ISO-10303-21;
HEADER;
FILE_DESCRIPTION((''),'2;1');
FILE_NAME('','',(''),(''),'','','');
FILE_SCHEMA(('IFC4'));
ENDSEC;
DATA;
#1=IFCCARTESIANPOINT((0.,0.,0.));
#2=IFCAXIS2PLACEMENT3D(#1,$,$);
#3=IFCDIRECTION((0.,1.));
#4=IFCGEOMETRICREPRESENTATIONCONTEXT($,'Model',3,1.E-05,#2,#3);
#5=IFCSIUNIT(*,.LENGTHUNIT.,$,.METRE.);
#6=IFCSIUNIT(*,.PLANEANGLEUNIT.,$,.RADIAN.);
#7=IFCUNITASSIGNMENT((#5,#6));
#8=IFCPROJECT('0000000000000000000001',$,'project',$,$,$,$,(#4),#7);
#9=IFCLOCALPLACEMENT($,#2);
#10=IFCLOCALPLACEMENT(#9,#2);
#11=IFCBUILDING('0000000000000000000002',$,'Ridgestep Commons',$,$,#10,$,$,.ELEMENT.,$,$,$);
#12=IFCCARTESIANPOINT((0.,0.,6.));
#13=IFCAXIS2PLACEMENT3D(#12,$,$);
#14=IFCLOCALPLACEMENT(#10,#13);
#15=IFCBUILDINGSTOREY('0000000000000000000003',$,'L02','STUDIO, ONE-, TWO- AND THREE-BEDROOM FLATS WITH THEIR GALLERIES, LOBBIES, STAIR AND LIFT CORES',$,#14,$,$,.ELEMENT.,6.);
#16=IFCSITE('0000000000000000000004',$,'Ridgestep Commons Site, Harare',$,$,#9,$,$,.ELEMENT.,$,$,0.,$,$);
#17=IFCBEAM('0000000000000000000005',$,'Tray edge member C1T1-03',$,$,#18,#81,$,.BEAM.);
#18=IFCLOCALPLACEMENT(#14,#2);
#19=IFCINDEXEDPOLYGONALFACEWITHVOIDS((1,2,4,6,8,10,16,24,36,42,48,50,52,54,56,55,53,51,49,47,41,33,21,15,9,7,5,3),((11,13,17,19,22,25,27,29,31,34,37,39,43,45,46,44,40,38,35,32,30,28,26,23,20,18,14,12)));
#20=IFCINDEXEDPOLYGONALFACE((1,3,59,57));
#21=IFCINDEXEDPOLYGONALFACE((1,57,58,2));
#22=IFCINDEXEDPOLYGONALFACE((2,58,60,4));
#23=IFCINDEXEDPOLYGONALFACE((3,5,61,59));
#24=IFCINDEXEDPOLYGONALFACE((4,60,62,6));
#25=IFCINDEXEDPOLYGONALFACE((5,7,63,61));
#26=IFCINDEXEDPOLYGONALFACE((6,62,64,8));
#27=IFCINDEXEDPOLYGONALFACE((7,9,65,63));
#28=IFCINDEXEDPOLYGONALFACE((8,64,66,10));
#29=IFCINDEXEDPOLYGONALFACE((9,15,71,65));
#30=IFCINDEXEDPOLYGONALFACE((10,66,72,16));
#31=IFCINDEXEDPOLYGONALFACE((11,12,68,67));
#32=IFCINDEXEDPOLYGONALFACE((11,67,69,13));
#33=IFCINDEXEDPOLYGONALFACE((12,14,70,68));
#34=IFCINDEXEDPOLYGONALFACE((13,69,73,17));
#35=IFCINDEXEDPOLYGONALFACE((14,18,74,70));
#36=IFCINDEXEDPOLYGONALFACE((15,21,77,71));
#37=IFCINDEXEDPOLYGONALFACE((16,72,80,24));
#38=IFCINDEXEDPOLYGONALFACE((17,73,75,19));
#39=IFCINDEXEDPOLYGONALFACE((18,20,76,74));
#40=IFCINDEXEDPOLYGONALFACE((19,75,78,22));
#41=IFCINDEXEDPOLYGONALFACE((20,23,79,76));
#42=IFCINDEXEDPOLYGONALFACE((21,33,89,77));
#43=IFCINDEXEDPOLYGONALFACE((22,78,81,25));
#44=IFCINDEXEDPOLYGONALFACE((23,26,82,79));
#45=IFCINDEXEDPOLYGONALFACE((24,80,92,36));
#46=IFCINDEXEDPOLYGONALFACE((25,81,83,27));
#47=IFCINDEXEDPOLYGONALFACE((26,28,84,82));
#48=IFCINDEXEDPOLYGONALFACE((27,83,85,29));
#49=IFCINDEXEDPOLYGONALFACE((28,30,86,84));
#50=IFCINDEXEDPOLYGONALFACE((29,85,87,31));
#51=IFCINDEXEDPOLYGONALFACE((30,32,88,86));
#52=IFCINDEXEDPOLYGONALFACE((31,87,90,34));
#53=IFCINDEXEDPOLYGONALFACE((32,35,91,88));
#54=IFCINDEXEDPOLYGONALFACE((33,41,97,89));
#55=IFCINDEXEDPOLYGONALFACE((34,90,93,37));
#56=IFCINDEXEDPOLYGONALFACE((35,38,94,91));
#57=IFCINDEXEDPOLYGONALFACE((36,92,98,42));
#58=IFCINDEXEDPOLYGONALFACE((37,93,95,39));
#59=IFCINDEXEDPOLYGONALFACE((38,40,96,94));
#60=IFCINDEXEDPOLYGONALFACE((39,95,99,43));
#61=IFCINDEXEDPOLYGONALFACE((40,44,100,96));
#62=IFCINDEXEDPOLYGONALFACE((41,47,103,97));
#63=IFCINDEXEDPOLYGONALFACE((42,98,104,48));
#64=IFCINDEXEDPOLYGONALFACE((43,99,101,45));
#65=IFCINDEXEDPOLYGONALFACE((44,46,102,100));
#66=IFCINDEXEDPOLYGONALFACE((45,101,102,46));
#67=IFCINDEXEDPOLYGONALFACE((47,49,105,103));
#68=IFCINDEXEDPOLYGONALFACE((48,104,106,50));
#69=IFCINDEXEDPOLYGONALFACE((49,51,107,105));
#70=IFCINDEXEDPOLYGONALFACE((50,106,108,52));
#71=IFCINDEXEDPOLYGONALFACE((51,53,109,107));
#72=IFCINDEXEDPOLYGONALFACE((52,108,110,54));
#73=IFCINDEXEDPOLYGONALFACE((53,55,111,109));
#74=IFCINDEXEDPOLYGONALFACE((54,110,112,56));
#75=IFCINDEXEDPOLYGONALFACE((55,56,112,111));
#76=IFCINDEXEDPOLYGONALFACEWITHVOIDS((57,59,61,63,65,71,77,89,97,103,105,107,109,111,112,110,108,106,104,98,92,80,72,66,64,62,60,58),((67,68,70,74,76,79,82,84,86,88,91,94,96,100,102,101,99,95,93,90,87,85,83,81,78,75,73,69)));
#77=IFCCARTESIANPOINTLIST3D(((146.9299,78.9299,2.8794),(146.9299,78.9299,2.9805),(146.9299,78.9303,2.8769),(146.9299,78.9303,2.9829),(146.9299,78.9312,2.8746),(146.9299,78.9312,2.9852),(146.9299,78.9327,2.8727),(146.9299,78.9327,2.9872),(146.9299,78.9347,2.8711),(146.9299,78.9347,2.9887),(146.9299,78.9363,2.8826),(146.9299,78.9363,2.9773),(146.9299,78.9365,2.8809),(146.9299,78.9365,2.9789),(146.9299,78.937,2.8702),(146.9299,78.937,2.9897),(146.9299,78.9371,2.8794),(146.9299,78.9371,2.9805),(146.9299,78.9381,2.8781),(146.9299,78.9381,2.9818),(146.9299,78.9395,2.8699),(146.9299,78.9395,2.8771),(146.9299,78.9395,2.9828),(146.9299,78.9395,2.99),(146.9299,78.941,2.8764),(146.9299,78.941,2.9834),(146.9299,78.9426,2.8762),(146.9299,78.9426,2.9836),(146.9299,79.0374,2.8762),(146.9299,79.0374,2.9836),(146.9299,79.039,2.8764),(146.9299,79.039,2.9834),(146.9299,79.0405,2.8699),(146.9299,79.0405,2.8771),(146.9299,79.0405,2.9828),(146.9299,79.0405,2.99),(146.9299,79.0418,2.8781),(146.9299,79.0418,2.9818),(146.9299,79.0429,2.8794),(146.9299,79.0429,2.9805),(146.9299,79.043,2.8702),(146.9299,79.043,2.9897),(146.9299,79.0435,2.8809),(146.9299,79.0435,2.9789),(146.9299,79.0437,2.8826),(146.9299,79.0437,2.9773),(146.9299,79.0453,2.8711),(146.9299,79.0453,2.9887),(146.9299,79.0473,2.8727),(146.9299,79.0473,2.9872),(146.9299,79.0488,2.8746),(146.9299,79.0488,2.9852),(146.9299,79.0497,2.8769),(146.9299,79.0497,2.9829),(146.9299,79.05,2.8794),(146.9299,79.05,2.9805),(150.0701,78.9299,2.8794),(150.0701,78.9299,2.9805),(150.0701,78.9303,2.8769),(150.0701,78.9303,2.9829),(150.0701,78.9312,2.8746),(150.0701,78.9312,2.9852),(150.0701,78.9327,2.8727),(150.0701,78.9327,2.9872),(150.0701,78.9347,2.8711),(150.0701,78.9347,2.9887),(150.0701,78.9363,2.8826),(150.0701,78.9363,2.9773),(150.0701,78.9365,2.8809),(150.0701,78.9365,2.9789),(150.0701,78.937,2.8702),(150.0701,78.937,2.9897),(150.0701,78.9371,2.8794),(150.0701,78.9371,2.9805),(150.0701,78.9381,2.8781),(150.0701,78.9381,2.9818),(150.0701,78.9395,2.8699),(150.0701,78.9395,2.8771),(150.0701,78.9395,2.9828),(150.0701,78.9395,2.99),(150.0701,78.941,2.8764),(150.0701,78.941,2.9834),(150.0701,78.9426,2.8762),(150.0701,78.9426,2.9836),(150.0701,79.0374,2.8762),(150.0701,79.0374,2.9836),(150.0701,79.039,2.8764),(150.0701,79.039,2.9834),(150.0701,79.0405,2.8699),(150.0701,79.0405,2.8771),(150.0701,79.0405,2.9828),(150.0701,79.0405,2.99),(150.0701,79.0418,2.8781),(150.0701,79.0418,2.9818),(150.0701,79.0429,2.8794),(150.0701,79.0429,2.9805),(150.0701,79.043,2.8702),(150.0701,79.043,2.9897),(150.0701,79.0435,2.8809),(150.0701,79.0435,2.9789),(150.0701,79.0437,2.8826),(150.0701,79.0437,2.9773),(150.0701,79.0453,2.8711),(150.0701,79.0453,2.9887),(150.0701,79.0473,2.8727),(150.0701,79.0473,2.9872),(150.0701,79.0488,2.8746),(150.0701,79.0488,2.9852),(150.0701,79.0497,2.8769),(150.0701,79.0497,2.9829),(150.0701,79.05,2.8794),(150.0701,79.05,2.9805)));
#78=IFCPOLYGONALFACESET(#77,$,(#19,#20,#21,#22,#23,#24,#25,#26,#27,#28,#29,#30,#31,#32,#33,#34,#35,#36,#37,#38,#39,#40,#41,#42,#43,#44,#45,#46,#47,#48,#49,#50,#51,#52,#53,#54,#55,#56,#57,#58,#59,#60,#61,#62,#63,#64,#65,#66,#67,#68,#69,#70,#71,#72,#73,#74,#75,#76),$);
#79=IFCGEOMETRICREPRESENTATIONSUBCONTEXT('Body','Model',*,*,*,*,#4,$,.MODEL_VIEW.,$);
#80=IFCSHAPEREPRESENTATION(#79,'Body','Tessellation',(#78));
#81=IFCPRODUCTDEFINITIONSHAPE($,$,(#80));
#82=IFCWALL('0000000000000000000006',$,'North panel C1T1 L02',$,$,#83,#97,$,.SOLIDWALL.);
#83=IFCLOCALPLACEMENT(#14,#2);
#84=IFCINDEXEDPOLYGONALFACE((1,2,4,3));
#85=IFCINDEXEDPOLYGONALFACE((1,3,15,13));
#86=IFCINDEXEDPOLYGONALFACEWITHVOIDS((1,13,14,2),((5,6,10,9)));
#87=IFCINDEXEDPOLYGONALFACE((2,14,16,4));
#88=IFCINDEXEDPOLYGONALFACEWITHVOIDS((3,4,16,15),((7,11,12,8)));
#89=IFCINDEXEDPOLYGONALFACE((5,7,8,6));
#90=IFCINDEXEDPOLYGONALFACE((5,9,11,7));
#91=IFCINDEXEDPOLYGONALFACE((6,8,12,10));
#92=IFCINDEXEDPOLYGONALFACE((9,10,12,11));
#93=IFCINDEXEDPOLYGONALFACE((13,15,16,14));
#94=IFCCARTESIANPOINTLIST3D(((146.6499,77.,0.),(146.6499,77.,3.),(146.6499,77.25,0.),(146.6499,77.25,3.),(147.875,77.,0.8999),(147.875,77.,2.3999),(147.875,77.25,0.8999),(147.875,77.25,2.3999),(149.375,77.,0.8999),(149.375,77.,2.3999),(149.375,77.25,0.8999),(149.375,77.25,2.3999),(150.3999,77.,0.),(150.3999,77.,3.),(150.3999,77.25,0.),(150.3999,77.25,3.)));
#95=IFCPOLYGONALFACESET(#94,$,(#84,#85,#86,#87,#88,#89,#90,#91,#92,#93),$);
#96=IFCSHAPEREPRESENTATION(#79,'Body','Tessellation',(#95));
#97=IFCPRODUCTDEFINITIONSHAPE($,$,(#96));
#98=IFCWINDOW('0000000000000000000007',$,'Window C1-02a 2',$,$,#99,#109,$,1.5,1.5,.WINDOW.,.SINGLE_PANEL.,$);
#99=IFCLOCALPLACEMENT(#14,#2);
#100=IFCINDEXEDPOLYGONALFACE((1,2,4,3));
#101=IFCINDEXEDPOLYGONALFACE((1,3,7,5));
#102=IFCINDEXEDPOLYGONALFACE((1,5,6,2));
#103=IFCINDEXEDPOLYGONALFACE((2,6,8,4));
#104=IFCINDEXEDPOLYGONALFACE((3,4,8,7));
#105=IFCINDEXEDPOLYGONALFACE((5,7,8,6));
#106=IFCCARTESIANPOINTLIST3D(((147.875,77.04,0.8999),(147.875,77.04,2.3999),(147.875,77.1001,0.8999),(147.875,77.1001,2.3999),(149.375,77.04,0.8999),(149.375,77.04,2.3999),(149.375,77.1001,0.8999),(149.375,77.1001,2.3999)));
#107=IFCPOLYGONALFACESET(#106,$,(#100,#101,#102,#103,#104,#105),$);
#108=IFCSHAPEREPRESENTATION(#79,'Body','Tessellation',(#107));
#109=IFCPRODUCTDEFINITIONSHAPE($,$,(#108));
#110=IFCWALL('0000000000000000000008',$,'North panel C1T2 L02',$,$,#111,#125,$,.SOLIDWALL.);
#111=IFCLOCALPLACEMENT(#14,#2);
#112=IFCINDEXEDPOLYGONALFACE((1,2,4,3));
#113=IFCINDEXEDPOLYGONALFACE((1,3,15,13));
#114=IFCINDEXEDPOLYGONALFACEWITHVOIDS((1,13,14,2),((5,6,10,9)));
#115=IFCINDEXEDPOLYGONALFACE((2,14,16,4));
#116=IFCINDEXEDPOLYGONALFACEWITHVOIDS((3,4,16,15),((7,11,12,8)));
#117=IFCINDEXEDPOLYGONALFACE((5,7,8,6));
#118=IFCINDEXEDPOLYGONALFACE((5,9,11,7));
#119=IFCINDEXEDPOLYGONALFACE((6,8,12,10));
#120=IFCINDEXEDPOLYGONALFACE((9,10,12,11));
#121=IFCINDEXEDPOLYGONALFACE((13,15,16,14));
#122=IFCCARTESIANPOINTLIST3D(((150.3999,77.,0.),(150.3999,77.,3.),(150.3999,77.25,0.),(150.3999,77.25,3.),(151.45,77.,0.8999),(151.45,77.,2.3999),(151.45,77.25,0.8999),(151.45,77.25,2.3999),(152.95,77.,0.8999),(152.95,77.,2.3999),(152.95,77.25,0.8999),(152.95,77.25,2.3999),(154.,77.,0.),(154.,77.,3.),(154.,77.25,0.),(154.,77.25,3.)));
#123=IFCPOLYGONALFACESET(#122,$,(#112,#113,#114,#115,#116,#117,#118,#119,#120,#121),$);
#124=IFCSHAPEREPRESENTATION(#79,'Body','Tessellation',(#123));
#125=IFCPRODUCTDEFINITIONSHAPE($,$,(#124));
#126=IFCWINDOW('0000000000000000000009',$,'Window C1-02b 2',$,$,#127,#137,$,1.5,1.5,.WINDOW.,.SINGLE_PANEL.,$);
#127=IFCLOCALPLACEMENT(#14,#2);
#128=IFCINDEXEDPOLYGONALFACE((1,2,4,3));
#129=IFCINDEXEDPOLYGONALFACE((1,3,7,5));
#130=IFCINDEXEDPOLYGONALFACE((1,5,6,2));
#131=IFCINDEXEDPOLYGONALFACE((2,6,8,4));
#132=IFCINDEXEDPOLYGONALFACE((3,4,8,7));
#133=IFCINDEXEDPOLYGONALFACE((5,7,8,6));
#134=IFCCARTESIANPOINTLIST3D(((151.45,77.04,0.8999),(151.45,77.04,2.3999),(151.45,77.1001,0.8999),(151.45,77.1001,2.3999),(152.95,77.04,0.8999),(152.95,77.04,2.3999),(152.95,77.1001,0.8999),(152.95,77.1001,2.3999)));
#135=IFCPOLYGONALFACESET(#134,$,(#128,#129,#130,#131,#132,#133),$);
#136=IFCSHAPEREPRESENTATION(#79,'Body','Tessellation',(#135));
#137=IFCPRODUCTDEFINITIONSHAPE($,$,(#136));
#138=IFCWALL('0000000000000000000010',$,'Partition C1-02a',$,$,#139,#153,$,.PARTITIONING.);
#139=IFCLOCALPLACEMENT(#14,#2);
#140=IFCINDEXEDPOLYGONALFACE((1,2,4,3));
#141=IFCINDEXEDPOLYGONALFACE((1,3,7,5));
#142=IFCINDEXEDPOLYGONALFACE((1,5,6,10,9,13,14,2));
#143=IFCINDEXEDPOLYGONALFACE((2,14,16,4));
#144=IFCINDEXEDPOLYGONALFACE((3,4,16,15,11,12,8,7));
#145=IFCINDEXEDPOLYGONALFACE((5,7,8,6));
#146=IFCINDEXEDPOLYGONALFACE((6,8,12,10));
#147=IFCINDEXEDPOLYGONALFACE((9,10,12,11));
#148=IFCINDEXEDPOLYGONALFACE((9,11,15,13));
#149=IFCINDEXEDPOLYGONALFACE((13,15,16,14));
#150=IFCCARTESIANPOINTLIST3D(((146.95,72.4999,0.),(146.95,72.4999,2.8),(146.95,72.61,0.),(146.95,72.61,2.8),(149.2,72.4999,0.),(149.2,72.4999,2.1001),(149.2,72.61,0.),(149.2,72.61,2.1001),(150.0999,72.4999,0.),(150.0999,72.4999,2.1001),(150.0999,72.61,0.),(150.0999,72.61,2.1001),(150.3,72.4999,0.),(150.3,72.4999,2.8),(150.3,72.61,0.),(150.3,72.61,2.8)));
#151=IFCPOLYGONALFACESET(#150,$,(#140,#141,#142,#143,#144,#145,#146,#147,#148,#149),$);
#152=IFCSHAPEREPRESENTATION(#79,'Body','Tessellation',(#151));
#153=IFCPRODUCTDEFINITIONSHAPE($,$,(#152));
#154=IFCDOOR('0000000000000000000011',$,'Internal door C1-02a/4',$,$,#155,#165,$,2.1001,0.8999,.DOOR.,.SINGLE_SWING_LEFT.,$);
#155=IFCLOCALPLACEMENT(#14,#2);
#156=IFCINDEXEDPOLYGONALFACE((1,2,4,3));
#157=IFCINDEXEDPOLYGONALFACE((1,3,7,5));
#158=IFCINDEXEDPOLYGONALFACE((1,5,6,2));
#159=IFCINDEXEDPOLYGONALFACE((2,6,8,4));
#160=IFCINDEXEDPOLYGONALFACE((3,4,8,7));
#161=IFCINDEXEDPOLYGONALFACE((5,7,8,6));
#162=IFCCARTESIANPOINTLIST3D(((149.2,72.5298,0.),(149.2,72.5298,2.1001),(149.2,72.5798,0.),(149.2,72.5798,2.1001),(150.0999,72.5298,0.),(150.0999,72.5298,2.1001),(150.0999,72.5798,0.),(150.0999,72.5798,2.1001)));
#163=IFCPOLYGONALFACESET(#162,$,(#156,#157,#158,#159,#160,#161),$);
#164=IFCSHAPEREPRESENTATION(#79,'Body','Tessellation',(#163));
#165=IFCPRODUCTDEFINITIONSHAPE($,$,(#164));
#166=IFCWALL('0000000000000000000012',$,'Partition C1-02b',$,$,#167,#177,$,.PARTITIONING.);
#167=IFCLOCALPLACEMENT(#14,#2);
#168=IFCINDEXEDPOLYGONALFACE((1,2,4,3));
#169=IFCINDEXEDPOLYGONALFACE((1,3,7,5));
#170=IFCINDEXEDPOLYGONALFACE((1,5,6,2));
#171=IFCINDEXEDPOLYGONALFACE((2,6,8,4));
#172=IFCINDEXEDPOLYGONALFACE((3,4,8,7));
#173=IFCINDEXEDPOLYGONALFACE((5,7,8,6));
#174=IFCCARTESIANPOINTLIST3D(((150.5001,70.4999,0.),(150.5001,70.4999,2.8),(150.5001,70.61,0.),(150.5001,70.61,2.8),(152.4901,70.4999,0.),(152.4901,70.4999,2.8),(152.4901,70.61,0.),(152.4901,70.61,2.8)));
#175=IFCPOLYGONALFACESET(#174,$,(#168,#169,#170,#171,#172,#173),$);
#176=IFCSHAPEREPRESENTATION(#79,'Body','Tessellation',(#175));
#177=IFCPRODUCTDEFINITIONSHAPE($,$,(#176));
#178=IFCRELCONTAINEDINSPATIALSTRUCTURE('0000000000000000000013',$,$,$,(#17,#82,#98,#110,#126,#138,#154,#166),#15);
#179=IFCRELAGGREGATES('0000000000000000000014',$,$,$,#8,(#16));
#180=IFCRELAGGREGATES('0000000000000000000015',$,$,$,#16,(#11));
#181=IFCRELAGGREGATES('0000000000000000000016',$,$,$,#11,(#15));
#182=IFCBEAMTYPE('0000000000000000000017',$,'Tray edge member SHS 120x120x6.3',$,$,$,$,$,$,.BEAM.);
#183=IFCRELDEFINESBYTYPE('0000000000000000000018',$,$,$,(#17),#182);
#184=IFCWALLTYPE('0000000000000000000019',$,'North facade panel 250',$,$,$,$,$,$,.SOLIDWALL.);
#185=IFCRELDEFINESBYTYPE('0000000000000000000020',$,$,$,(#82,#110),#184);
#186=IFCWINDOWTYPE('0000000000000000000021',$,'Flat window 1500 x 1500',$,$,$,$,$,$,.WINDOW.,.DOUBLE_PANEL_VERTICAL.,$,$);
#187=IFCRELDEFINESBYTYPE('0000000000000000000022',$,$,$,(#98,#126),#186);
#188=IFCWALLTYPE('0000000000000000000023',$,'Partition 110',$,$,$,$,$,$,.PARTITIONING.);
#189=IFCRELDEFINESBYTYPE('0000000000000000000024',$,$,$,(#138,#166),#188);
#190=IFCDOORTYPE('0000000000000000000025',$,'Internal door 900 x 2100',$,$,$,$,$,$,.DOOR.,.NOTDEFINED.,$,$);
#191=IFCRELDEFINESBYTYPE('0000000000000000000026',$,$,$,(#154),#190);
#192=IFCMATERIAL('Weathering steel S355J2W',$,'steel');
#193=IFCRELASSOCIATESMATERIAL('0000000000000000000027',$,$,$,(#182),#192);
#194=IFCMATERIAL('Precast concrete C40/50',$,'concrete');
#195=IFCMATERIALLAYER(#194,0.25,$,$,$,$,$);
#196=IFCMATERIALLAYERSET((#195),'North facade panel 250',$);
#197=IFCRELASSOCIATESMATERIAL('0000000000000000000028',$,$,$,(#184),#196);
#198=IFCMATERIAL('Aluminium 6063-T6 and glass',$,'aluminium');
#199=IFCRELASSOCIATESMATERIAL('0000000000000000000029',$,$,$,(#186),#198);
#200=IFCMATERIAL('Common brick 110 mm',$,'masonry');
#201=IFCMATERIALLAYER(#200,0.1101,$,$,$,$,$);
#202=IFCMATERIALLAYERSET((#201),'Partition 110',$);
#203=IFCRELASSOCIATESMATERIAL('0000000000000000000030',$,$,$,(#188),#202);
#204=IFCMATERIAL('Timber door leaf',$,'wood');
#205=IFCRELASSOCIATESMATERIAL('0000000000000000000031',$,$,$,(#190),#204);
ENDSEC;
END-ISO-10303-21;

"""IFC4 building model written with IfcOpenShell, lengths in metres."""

from ifc_helpers import new_model, si_unit, direction, frame, frame_2d, origin, origin_2d, place, context, subcontext, project, spatial, rectangle, hollow_rectangle, extrude, material, layer, layer_set, material_profile, profile_set, type_object, element, fill, save


model = new_model("IFC4")

# Units and contexts
model_context = context("Model", 3, precision=1e-05, world=origin(), true_north=direction((0.0, 1.0)))
body_context = subcontext(model_context, "Body", "Model", "MODEL_VIEW")
ifc_project = project(units=[si_unit("LENGTHUNIT", "METRE"), si_unit("PLANEANGLEUNIT", "RADIAN")], contexts=[model_context])

# Site, building, storey
site_placement = place(None, origin())
site = spatial("IfcSite", under=ifc_project, at=site_placement, Name="Ridgestep Commons Site, Harare", CompositionType="ELEMENT", RefElevation=0.0)
building_placement = place(site_placement, origin())
building = spatial("IfcBuilding", under=site, at=building_placement, Name="Ridgestep Commons", CompositionType="ELEMENT")
storey_placement = place(building_placement, frame((0.0, 0.0, 6.0)))
storey = spatial("IfcBuildingStorey", under=building, at=storey_placement, Name="L02", Description="STUDIO, ONE-, TWO- AND THREE-BEDROOM FLATS WITH THEIR GALLERIES, LOBBIES, STAIR AND LIFT CORES", CompositionType="ELEMENT", Elevation=6.0)

# Beam
ifc_material_1 = material(Name="Weathering steel S355J2W", Category="steel")
ifc_material_profile_1 = material_profile(ifc_material_1, hollow_rectangle(XDim=0.1201, YDim=0.1201, WallThickness=0.0063, InnerFilletRadius=0.0063, OuterFilletRadius=0.0095, at=origin_2d()), Name="SHS 120x120x6.3")
ifc_profile_set_1 = profile_set([ifc_material_profile_1], Name="Weathering steel S355J2W")
beam_type_1 = type_object("IfcBeamType", Name="Tray edge member SHS 120x120x6.3", PredefinedType="BEAM", material=ifc_profile_set_1)
beam_placement = place(storey_placement, frame((146.9299, 78.99, 2.9299), z_axis=(1.0, 0.0, 0.0), x_axis=(0.0, 0.0, 1.0)))
element("IfcBeam", 1, at=beam_placement, inside=storey, type_object=beam_type_1, Name="Tray edge member C1T1-03", PredefinedType="BEAM", context=body_context, shape_type="SweptSolid", body=[
    extrude(hollow_rectangle(XDim=0.1201, YDim=0.1201, WallThickness=0.0063, InnerFilletRadius=0.0063, OuterFilletRadius=0.0095, at=origin_2d()), origin(), (0.0, 0.0, 1.0), 3.1401),
])

# Walls, openings, windows
ifc_material_2 = material(Name="Precast concrete C40/50", Category="concrete")
ifc_layer_1 = layer(ifc_material_2, 0.25)
ifc_layer_set_1 = layer_set([ifc_layer_1], Name="North facade panel 250")
wall_type_1 = type_object("IfcWallType", Name="North facade panel 250", PredefinedType="SOLIDWALL", material=ifc_layer_set_1)
wall_1_placement = place(storey_placement, frame((146.6499, 77.125, 0.0), z_axis=(0.0, 0.0, 1.0), x_axis=(1.0, 0.0, 0.0)))
wall_1 = element("IfcWall", 2, at=wall_1_placement, inside=storey, type_object=wall_type_1, Name="North panel C1T1 L02", PredefinedType="SOLIDWALL", context=body_context, shape_type="SweptSolid", body=[
    extrude(rectangle(XDim=3.75, YDim=0.25, at=frame_2d((1.875, 0.0))), origin(), (0.0, 0.0, 1.0), 3.0),
])
opening_1_placement = place(wall_1_placement, frame((1.2251, 0.0, 0.8999)))
opening_1 = element("IfcOpeningElement", 3, at=opening_1_placement, cuts=wall_1, PredefinedType="OPENING", context=body_context, shape_type="SweptSolid", body=[
    extrude(rectangle(XDim=1.5, YDim=1.5, at=frame_2d((0.75, 0.75))), frame((0.0, 0.135, 0.0), z_axis=(0.0, -1.0, 0.0), x_axis=(1.0, 0.0, 0.0)), (0.0, 0.0, 1.0), 0.27),
])
ifc_material_3 = material(Name="Aluminium 6063-T6 and glass", Category="aluminium")
window_type = type_object("IfcWindowType", Name="Flat window 1500 x 1500", PartitioningType="DOUBLE_PANEL_VERTICAL", PredefinedType="WINDOW", material=ifc_material_3)
window_1_placement = place(opening_1_placement, origin())
window_1 = element("IfcWindow", 4, at=window_1_placement, inside=storey, type_object=window_type, Name="Window C1-02a 2", OverallHeight=1.5, OverallWidth=1.5, PartitioningType="SINGLE_PANEL", PredefinedType="WINDOW", context=body_context, shape_type="SweptSolid", body=[
    extrude(rectangle(XDim=1.5, YDim=1.5, at=frame_2d((0.75, 0.75))), frame((0.0, -0.0249, 0.0), z_axis=(0.0, -1.0, 0.0), x_axis=(1.0, 0.0, 0.0)), (0.0, 0.0, 1.0), 0.0601),
])
fill(opening_1, window_1)
wall_2_placement = place(storey_placement, frame((150.3999, 77.125, 0.0), z_axis=(0.0, 0.0, 1.0), x_axis=(1.0, 0.0, 0.0)))
wall_2 = element("IfcWall", 5, at=wall_2_placement, inside=storey, type_object=wall_type_1, Name="North panel C1T2 L02", PredefinedType="SOLIDWALL", context=body_context, shape_type="SweptSolid", body=[
    extrude(rectangle(XDim=3.6001, YDim=0.25, at=frame_2d((1.8, 0.0))), origin(), (0.0, 0.0, 1.0), 3.0),
])
opening_2_placement = place(wall_2_placement, frame((1.05, 0.0, 0.8999)))
opening_2 = element("IfcOpeningElement", 6, at=opening_2_placement, cuts=wall_2, PredefinedType="OPENING", context=body_context, shape_type="SweptSolid", body=[
    extrude(rectangle(XDim=1.5, YDim=1.5, at=frame_2d((0.75, 0.75))), frame((0.0, 0.135, 0.0), z_axis=(0.0, -1.0, 0.0), x_axis=(1.0, 0.0, 0.0)), (0.0, 0.0, 1.0), 0.27),
])
window_2_placement = place(opening_2_placement, origin())
window_2 = element("IfcWindow", 7, at=window_2_placement, inside=storey, type_object=window_type, Name="Window C1-02b 2", OverallHeight=1.5, OverallWidth=1.5, PartitioningType="SINGLE_PANEL", PredefinedType="WINDOW", context=body_context, shape_type="SweptSolid", body=[
    extrude(rectangle(XDim=1.5, YDim=1.5, at=frame_2d((0.75, 0.75))), frame((0.0, -0.0249, 0.0), z_axis=(0.0, -1.0, 0.0), x_axis=(1.0, 0.0, 0.0)), (0.0, 0.0, 1.0), 0.0601),
])
fill(opening_2, window_2)

# Wall, opening, door
ifc_material_4 = material(Name="Common brick 110 mm", Category="masonry")
ifc_layer_2 = layer(ifc_material_4, 0.1101)
ifc_layer_set_2 = layer_set([ifc_layer_2], Name="Partition 110")
wall_type_2 = type_object("IfcWallType", Name="Partition 110", PredefinedType="PARTITIONING", material=ifc_layer_set_2)
wall_3_placement = place(storey_placement, frame((146.95, 72.5549, 0.0), z_axis=(0.0, 0.0, 1.0), x_axis=(1.0, 0.0, 0.0)))
wall_3 = element("IfcWall", 8, at=wall_3_placement, inside=storey, type_object=wall_type_2, Name="Partition C1-02a", PredefinedType="PARTITIONING", context=body_context, shape_type="SweptSolid", body=[
    extrude(rectangle(XDim=3.3501, YDim=0.1101, at=frame_2d((1.675, 0.0))), origin(), (0.0, 0.0, 1.0), 2.8),
])
opening_3_placement = place(wall_3_placement, frame((2.25, 0.0, 0.0)))
opening_3 = element("IfcOpeningElement", 9, at=opening_3_placement, cuts=wall_3, PredefinedType="OPENING", context=body_context, shape_type="SweptSolid", body=[
    extrude(rectangle(XDim=0.8999, YDim=2.1001, at=frame_2d((0.45, 1.05))), frame((0.0, 0.0649, 0.0), z_axis=(0.0, -1.0, 0.0), x_axis=(1.0, 0.0, 0.0)), (0.0, 0.0, 1.0), 0.1301),
])
ifc_material_5 = material(Name="Timber door leaf", Category="wood")
door_type = type_object("IfcDoorType", Name="Internal door 900 x 2100", OperationType="NOTDEFINED", PredefinedType="DOOR", material=ifc_material_5)
door_placement = place(opening_3_placement, origin())
door = element("IfcDoor", 10, at=door_placement, inside=storey, type_object=door_type, Name="Internal door C1-02a/4", OperationType="SINGLE_SWING_LEFT", OverallHeight=2.1001, OverallWidth=0.8999, PredefinedType="DOOR", context=body_context, shape_type="SweptSolid", body=[
    extrude(rectangle(XDim=0.8999, YDim=2.1001, at=frame_2d((0.45, 1.05))), frame((0.0, 0.0249, 0.0), z_axis=(0.0, -1.0, 0.0), x_axis=(1.0, 0.0, 0.0)), (0.0, 0.0, 1.0), 0.05),
])
fill(opening_3, door)

# Wall
wall_4_placement = place(storey_placement, frame((150.5, 70.5549, 0.0), z_axis=(0.0, 0.0, 1.0), x_axis=(1.0, 0.0, 0.0)))
element("IfcWall", 11, at=wall_4_placement, inside=storey, type_object=wall_type_2, Name="Partition C1-02b", PredefinedType="PARTITIONING", context=body_context, shape_type="SweptSolid", body=[
    extrude(rectangle(XDim=1.99, YDim=0.1101, at=frame_2d((0.9951, 0.0))), origin(), (0.0, 0.0, 1.0), 2.8),
])

save(model, "model.ifc")
